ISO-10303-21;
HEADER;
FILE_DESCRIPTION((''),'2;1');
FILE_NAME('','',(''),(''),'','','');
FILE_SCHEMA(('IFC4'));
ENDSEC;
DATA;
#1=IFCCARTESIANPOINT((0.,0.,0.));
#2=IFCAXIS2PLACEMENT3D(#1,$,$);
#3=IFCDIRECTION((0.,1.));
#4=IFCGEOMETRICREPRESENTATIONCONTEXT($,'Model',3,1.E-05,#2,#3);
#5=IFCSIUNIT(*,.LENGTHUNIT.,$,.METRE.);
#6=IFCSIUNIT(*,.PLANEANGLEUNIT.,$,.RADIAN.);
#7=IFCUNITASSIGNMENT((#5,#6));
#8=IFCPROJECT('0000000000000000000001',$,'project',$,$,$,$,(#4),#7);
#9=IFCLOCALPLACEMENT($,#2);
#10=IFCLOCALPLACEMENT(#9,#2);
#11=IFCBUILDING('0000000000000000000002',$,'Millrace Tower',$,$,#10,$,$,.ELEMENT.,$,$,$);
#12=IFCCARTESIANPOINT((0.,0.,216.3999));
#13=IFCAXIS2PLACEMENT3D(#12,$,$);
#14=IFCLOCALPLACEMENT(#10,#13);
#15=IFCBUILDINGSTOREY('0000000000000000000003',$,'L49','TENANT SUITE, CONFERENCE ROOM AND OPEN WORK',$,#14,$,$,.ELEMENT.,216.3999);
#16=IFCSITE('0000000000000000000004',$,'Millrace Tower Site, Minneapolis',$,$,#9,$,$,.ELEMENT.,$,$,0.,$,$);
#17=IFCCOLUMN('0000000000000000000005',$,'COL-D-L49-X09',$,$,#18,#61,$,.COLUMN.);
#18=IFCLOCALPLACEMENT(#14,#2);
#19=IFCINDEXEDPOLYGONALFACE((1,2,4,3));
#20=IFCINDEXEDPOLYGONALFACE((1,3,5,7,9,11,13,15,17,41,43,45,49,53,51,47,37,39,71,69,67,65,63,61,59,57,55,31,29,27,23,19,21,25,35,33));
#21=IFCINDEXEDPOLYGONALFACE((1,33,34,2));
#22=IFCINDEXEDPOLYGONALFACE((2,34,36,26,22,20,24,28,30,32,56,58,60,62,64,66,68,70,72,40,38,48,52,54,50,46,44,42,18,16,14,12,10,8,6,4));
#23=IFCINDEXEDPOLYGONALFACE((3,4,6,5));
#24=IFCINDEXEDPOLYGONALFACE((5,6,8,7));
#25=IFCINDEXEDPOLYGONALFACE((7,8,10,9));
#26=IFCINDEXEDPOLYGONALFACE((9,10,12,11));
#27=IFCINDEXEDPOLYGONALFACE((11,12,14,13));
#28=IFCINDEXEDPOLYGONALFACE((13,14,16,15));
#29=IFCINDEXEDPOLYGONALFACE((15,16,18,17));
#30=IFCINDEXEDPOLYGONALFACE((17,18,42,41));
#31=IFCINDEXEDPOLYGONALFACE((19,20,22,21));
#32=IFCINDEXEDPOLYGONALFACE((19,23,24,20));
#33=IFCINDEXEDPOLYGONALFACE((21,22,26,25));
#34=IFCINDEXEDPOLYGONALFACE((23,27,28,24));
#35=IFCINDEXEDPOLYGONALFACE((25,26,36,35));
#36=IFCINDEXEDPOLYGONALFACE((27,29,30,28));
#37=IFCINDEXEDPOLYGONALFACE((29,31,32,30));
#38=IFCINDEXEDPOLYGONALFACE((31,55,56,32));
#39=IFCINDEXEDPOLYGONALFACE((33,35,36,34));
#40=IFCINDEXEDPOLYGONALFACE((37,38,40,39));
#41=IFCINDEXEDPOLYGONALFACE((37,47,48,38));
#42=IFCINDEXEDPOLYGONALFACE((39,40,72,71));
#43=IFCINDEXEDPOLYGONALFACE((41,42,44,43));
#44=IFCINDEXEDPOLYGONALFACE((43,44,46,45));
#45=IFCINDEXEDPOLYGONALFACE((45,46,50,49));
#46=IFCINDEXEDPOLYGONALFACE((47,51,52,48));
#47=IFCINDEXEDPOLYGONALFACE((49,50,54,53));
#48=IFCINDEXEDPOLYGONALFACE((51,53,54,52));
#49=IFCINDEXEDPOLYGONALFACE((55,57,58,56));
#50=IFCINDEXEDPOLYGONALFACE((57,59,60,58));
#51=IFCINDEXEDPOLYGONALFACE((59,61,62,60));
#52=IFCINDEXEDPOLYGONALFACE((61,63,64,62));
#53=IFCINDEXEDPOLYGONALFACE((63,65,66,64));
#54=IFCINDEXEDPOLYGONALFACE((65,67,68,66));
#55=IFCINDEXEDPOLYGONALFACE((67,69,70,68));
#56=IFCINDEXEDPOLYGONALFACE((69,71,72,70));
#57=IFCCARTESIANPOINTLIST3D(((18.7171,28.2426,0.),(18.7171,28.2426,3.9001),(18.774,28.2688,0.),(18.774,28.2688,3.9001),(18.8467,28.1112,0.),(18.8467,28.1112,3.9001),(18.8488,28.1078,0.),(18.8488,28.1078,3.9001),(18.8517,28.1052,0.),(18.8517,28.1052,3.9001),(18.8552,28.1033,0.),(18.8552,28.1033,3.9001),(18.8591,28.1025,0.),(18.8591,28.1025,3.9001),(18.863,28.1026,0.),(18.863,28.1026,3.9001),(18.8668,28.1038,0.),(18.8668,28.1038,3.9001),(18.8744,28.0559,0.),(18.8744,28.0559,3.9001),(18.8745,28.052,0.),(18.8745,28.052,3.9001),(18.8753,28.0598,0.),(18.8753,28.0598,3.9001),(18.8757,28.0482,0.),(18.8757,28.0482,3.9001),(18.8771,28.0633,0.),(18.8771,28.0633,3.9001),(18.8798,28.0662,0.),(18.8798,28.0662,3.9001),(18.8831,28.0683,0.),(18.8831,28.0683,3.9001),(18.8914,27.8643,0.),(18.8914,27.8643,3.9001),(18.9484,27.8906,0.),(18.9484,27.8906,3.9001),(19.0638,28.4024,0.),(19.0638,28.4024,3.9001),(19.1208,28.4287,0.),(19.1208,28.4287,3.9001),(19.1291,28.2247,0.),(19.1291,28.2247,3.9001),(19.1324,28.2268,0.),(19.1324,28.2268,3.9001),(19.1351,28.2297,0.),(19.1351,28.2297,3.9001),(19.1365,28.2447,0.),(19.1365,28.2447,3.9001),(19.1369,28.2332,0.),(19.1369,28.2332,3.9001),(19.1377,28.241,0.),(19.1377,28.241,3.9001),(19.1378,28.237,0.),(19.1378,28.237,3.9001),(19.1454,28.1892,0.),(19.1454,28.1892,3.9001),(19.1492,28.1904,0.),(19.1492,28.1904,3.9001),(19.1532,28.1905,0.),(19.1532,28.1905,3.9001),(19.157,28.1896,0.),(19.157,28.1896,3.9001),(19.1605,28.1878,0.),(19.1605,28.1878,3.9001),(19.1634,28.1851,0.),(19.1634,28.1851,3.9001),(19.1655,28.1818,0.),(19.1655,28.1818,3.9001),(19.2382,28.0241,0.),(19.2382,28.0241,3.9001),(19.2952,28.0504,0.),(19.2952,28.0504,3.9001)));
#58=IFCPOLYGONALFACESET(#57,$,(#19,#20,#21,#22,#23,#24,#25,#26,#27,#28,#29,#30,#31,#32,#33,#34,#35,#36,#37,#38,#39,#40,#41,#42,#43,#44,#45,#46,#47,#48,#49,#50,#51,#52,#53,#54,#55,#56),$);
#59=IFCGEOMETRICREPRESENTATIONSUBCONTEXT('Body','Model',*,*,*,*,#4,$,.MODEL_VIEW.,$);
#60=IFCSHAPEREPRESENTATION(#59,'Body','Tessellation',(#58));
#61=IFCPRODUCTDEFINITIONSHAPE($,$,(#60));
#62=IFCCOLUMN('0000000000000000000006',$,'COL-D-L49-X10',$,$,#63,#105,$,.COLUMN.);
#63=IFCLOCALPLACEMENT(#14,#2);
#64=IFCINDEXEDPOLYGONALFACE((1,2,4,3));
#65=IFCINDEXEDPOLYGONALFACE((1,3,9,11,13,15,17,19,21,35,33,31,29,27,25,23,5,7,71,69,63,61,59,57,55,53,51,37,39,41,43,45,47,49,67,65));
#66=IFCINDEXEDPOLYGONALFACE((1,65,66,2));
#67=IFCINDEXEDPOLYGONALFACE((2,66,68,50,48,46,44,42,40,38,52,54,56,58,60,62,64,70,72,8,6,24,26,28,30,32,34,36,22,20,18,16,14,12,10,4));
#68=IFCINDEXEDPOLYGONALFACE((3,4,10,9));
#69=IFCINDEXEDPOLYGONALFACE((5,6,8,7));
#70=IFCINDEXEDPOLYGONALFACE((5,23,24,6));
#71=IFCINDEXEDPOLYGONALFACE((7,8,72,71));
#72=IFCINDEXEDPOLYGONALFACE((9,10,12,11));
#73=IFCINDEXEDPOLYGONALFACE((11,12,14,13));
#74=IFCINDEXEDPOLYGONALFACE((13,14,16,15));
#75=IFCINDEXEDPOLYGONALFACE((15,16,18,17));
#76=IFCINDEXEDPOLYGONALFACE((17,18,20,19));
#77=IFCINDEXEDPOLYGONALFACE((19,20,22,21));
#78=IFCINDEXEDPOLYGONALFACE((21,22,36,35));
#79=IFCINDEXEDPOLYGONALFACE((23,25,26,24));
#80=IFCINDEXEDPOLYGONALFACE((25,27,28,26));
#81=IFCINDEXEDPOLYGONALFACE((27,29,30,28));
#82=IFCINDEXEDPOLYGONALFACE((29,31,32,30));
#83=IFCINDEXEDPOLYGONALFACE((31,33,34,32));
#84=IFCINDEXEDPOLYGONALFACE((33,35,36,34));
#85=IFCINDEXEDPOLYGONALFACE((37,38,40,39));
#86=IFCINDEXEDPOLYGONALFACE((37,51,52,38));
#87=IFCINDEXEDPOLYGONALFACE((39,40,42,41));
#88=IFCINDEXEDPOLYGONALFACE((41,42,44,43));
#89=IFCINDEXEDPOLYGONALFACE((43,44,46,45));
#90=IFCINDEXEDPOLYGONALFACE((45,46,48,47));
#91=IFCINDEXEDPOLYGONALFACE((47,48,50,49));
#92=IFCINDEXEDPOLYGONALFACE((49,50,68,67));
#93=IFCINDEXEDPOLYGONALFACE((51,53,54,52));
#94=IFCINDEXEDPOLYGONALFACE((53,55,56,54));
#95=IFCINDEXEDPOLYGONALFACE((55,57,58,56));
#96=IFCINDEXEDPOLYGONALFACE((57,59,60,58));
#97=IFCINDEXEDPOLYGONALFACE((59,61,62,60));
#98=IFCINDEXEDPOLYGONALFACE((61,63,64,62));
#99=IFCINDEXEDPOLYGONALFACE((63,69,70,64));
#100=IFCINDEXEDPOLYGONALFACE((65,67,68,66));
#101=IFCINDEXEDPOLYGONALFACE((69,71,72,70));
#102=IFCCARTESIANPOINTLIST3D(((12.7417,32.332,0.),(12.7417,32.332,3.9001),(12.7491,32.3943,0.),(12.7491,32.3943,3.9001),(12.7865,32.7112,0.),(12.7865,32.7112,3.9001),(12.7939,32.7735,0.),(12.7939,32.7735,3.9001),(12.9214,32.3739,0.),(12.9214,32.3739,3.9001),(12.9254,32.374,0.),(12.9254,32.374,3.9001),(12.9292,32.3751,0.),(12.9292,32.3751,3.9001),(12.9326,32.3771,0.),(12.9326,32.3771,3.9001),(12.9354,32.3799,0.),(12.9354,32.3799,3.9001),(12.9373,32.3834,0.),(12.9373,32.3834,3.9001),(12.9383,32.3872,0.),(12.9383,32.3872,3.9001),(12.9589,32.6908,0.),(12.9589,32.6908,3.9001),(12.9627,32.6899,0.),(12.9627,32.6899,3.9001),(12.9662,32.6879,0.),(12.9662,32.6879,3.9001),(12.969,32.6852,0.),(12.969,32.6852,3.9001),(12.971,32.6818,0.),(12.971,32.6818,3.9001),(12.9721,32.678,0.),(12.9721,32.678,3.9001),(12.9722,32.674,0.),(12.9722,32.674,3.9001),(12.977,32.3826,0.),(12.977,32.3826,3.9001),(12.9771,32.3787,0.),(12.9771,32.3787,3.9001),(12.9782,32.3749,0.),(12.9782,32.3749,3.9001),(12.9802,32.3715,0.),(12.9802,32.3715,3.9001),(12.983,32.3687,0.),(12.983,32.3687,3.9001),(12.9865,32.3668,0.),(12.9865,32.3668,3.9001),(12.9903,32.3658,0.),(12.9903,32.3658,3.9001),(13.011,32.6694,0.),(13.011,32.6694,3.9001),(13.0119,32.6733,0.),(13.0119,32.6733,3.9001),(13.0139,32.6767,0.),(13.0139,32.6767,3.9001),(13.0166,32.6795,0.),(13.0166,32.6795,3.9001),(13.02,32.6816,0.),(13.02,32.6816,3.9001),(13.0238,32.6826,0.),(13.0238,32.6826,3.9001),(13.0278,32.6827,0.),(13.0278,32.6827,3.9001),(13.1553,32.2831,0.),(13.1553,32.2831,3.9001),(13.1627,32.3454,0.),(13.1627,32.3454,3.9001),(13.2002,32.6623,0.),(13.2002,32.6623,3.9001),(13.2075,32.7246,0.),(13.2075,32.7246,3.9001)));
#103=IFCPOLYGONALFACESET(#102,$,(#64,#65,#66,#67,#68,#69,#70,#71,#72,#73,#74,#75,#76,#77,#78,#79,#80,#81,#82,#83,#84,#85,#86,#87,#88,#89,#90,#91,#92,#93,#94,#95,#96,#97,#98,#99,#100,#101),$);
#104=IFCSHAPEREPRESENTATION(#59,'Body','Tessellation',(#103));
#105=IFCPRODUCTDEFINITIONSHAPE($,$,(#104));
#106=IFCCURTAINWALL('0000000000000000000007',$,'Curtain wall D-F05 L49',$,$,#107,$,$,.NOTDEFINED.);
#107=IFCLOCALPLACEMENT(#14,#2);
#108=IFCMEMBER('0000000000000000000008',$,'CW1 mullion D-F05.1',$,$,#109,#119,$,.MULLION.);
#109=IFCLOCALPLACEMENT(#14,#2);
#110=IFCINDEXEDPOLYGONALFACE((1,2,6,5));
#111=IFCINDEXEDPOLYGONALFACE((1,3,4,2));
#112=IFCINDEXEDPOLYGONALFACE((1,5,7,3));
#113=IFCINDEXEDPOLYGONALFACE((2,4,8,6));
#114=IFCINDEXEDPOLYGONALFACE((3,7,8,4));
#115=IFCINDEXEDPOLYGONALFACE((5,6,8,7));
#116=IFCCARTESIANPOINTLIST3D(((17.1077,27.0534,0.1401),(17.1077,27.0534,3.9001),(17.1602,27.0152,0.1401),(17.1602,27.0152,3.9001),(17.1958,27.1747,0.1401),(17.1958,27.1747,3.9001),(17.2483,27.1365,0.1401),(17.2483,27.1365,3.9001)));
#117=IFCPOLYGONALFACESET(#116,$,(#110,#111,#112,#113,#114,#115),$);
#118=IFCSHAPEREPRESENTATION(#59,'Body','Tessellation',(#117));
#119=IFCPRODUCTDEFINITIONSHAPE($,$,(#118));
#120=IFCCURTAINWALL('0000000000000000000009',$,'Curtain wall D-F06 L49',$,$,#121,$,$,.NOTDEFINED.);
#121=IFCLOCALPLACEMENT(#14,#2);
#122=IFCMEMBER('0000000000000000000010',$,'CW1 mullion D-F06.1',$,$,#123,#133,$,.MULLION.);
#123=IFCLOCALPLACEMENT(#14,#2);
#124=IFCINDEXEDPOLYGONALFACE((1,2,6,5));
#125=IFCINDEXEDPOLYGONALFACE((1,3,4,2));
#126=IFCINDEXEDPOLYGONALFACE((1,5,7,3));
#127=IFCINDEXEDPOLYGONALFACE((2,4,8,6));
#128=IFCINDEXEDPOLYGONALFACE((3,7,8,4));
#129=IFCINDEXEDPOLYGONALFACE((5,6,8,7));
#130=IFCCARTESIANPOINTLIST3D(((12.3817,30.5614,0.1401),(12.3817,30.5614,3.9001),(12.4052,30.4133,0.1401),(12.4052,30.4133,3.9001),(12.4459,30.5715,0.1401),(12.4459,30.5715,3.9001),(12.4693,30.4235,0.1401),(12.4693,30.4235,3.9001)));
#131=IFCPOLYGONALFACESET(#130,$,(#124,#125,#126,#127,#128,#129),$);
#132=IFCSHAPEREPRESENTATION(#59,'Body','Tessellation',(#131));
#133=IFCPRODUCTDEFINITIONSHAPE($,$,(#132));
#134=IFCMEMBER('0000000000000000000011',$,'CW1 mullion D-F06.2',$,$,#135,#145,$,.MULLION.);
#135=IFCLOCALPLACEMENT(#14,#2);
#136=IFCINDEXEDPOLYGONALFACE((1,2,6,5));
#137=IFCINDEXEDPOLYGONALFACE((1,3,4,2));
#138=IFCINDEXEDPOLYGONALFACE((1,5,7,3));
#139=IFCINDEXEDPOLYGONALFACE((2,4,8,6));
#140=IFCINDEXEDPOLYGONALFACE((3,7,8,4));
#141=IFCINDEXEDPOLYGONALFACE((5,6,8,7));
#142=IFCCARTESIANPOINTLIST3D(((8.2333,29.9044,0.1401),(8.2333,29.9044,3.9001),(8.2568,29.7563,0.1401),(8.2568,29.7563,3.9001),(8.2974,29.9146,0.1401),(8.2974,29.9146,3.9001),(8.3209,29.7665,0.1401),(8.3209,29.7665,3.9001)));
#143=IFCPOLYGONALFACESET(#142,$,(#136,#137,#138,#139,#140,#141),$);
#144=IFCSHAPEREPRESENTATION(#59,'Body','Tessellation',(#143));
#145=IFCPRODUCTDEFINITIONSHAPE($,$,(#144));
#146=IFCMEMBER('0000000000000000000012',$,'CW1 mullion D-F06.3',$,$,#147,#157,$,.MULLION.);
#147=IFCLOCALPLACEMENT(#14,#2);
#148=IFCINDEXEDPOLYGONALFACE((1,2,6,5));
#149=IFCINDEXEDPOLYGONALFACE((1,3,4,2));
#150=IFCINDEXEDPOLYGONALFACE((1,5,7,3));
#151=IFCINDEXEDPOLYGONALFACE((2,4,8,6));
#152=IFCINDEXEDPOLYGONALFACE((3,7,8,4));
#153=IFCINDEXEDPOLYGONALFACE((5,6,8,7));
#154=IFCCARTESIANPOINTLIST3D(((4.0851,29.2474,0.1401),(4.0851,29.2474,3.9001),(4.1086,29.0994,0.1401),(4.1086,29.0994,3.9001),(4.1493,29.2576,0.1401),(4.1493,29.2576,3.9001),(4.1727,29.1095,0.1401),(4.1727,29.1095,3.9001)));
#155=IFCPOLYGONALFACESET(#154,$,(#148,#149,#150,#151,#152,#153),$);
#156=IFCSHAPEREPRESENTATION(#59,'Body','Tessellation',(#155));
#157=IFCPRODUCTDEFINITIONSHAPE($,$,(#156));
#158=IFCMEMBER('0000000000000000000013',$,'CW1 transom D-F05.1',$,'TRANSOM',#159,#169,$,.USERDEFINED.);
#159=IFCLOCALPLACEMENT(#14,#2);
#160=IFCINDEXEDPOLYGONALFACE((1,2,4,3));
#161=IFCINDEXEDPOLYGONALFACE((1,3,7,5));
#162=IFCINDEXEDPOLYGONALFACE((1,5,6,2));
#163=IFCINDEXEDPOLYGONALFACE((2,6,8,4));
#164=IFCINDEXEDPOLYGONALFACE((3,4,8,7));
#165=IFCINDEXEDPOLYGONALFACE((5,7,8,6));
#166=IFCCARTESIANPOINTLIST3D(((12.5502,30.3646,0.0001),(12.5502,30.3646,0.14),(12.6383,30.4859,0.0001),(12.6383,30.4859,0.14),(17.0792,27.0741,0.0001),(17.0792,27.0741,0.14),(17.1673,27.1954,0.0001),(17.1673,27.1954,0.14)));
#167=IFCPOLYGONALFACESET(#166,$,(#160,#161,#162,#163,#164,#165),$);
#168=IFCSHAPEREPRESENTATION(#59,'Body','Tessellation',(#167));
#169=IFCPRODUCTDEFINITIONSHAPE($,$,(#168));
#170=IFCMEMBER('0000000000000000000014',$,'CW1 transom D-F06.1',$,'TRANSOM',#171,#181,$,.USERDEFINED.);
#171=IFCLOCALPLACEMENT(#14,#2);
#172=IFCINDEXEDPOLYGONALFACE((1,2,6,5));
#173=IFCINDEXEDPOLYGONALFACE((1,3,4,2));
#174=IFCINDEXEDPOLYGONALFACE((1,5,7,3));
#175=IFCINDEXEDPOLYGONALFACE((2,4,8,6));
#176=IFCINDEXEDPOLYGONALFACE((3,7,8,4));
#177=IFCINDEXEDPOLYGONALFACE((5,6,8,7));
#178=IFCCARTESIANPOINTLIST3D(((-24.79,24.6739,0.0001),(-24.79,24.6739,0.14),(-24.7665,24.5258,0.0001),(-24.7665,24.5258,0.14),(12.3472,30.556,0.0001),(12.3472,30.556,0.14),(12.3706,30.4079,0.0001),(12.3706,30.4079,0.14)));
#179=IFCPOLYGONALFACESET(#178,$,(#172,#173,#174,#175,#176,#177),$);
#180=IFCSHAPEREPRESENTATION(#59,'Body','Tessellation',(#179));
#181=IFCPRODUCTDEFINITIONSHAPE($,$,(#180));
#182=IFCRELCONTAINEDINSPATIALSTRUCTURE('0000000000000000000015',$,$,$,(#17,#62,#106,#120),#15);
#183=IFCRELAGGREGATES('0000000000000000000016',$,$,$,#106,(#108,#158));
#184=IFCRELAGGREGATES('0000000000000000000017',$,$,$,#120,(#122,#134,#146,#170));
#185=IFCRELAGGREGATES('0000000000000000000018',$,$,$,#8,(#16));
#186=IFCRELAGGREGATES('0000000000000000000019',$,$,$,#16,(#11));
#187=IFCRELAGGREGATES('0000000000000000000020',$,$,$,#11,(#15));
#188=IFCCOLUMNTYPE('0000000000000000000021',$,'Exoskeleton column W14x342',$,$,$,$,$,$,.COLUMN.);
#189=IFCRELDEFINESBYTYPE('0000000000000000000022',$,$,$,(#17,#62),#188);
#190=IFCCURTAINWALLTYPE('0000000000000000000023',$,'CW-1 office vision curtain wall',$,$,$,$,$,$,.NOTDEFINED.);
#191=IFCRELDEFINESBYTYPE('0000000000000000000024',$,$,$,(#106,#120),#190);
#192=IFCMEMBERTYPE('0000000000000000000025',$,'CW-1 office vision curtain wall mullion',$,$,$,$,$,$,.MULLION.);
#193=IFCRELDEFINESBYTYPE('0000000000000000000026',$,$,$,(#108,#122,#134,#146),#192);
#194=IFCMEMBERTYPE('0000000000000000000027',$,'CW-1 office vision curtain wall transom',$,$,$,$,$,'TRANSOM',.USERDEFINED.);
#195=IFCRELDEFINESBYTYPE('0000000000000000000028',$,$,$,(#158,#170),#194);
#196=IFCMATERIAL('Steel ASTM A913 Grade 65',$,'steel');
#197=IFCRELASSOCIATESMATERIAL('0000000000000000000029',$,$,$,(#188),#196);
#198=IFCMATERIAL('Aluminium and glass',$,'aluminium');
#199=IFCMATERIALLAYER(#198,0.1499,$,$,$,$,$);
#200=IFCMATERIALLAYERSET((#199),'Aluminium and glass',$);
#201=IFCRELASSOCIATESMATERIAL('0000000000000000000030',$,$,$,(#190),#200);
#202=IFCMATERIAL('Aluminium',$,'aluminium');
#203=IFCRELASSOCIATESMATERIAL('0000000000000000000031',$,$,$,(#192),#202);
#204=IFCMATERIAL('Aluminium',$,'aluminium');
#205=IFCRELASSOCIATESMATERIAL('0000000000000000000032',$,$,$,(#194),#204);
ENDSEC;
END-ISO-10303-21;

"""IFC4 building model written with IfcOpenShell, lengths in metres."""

from ifc_helpers import new_model, si_unit, direction, frame, origin, origin_2d, place, context, subcontext, project, spatial, rectangle, i_section, extrude, material, layer, layer_set, material_profile, profile_set, type_object, element, aggregate, save


model = new_model("IFC4")

# Units and contexts
model_context = context("Model", 3, precision=1e-05, world=origin(), true_north=direction((0.0, 1.0)))
body_context = subcontext(model_context, "Body", "Model", "MODEL_VIEW")
ifc_project = project(units=[si_unit("LENGTHUNIT", "METRE"), si_unit("PLANEANGLEUNIT", "RADIAN")], contexts=[model_context])

# Site, building, storey
site_placement = place(None, origin())
site = spatial("IfcSite", under=ifc_project, at=site_placement, Name="Millrace Tower Site, Minneapolis", CompositionType="ELEMENT", RefElevation=0.0)
building_placement = place(site_placement, origin())
building = spatial("IfcBuilding", under=site, at=building_placement, Name="Millrace Tower", CompositionType="ELEMENT")
storey_placement = place(building_placement, frame((0.0, 0.0, 216.3999)))
storey = spatial("IfcBuildingStorey", under=building, at=storey_placement, Name="L49", Description="TENANT SUITE, CONFERENCE ROOM AND OPEN WORK", CompositionType="ELEMENT", Elevation=216.3999)

# Columns
ifc_material_1 = material(Name="Steel ASTM A913 Grade 65", Category="steel")
ifc_material_profile_1 = material_profile(ifc_material_1, i_section(OverallWidth=0.4165, OverallDepth=0.4446, WebThickness=0.0391, FlangeThickness=0.0627, FilletRadius=0.0151, at=origin_2d()))
ifc_profile_set_1 = profile_set([ifc_material_profile_1], Name="Steel ASTM A913 Grade 65")
column_type = type_object("IfcColumnType", Name="Exoskeleton column W14x342", PredefinedType="COLUMN", material=ifc_profile_set_1)
for number, where, z_axis, x_axis, name in (
    (1, (19.0061, 28.1465, 0.0), (0.0, 0.0, 1.0), (-0.418553, 0.908192, 0.0), "COL-D-L49-X09"),
    (2, (12.9746, 32.5283, 0.0), (0.0, 0.0, 1.0), (-0.993082, 0.117421, 0.0), "COL-D-L49-X10"),
):
    element("IfcColumn", number, at=place(storey_placement, frame(where, z_axis=z_axis, x_axis=x_axis)), inside=storey, type_object=column_type, Name=name, PredefinedType="COLUMN", context=body_context, shape_type="SweptSolid", body=[
        extrude(i_section(OverallWidth=0.4165, OverallDepth=0.4446, WebThickness=0.0391, FlangeThickness=0.0627, FilletRadius=0.0151, at=origin_2d()), origin(), (0.0, 0.0, 1.0), 3.9001),
    ])

# Curtain wall, member
ifc_material_2 = material(Name="Aluminium and glass", Category="aluminium")
ifc_layer_1 = layer(ifc_material_2, 0.1499)
ifc_layer_set_1 = layer_set([ifc_layer_1], Name="Aluminium and glass")
curtain_wall_type = type_object("IfcCurtainWallType", Name="CW-1 office vision curtain wall", PredefinedType="NOTDEFINED", material=ifc_layer_set_1)
placement = place(storey_placement, origin())
curtain_wall_1 = element("IfcCurtainWall", 3, at=placement, inside=storey, type_object=curtain_wall_type, Name="Curtain wall D-F05 L49", PredefinedType="NOTDEFINED")
ifc_material_3 = material(Name="Aluminium", Category="aluminium")
ifc_material_profile_2 = material_profile(ifc_material_3, rectangle(XDim=0.0649, YDim=0.1499, at=origin_2d()))
ifc_profile_set_2 = profile_set([ifc_material_profile_2], Name="Aluminium")
member_type_1 = type_object("IfcMemberType", Name="CW-1 office vision curtain wall mullion", PredefinedType="MULLION", material=ifc_profile_set_2)
member_1_placement = place(storey_placement, frame((17.178, 27.095, 0.1401), z_axis=(0.0, 0.0, 1.0), x_axis=(-0.809017, 0.587785, 0.0)))
member_1 = element("IfcMember", 4, at=member_1_placement, type_object=member_type_1, Name="CW1 mullion D-F05.1", PredefinedType="MULLION", context=body_context, shape_type="SweptSolid", body=[
    extrude(rectangle(XDim=0.0649, YDim=0.1499, at=origin_2d()), origin(), (0.0, 0.0, 1.0), 3.76),
])

# Curtain wall, members
curtain_wall_2 = element("IfcCurtainWall", 5, at=placement, inside=storey, type_object=curtain_wall_type, Name="Curtain wall D-F06 L49", PredefinedType="NOTDEFINED")
member_2_placement = place(storey_placement, frame((12.4255, 30.4924, 0.1401), z_axis=(0.0, 0.0, 1.0), x_axis=(-0.987688, -0.156434, 0.0)))
member_2 = element("IfcMember", 6, at=member_2_placement, type_object=member_type_1, Name="CW1 mullion D-F06.1", PredefinedType="MULLION", context=body_context, shape_type="SweptSolid", body=[
    extrude(rectangle(XDim=0.0649, YDim=0.1499, at=origin_2d()), origin(), (0.0, 0.0, 1.0), 3.76),
])
member_3_placement = place(storey_placement, frame((8.2771, 29.8354, 0.1401), z_axis=(0.0, 0.0, 1.0), x_axis=(-0.987688, -0.156434, 0.0)))
member_3 = element("IfcMember", 7, at=member_3_placement, type_object=member_type_1, Name="CW1 mullion D-F06.2", PredefinedType="MULLION", context=body_context, shape_type="SweptSolid", body=[
    extrude(rectangle(XDim=0.0649, YDim=0.1499, at=origin_2d()), origin(), (0.0, 0.0, 1.0), 3.76),
])
member_4_placement = place(storey_placement, frame((4.1289, 29.1785, 0.1401), z_axis=(0.0, 0.0, 1.0), x_axis=(-0.987688, -0.156434, 0.0)))
member_4 = element("IfcMember", 8, at=member_4_placement, type_object=member_type_1, Name="CW1 mullion D-F06.3", PredefinedType="MULLION", context=body_context, shape_type="SweptSolid", body=[
    extrude(rectangle(XDim=0.0649, YDim=0.1499, at=origin_2d()), origin(), (0.0, 0.0, 1.0), 3.76),
])

# Members
ifc_material_4 = material(Name="Aluminium", Category="aluminium")
ifc_material_profile_3 = material_profile(ifc_material_4, rectangle(XDim=0.1499, YDim=0.1399, at=origin_2d()))
ifc_profile_set_3 = profile_set([ifc_material_profile_3], Name="Aluminium")
member_type_2 = type_object("IfcMemberType", Name="CW-1 office vision curtain wall transom", ElementType="TRANSOM", PredefinedType="USERDEFINED", material=ifc_profile_set_3)
member_5_placement = place(storey_placement, frame((17.1233, 27.1348, 0.0701), z_axis=(-0.809019, 0.587783, 0.0), x_axis=(-0.587783, -0.809019, 0.0)))
member_5 = element("IfcMember", 9, at=member_5_placement, type_object=member_type_2, Name="CW1 transom D-F05.1", ObjectType="TRANSOM", PredefinedType="USERDEFINED", context=body_context, shape_type="SweptSolid", body=[
    extrude(rectangle(XDim=0.1499, YDim=0.1399, at=origin_2d()), origin(), (0.0, 0.0, 1.0), 5.5981),
])
aggregate(curtain_wall_1, [member_1, member_5])
member_6_placement = place(storey_placement, frame((12.3589, 30.4819, 0.0701), z_axis=(-0.987688, -0.156438, 0.0), x_axis=(0.156438, -0.987688, 0.0)))
member_6 = element("IfcMember", 10, at=member_6_placement, type_object=member_type_2, Name="CW1 transom D-F06.1", ObjectType="TRANSOM", PredefinedType="USERDEFINED", context=body_context, shape_type="SweptSolid", body=[
    extrude(rectangle(XDim=0.1499, YDim=0.1399, at=origin_2d()), origin(), (0.0, 0.0, 1.0), 37.6001),
])
aggregate(curtain_wall_2, [member_2, member_3, member_4, member_6])

save(model, "model.ifc")
